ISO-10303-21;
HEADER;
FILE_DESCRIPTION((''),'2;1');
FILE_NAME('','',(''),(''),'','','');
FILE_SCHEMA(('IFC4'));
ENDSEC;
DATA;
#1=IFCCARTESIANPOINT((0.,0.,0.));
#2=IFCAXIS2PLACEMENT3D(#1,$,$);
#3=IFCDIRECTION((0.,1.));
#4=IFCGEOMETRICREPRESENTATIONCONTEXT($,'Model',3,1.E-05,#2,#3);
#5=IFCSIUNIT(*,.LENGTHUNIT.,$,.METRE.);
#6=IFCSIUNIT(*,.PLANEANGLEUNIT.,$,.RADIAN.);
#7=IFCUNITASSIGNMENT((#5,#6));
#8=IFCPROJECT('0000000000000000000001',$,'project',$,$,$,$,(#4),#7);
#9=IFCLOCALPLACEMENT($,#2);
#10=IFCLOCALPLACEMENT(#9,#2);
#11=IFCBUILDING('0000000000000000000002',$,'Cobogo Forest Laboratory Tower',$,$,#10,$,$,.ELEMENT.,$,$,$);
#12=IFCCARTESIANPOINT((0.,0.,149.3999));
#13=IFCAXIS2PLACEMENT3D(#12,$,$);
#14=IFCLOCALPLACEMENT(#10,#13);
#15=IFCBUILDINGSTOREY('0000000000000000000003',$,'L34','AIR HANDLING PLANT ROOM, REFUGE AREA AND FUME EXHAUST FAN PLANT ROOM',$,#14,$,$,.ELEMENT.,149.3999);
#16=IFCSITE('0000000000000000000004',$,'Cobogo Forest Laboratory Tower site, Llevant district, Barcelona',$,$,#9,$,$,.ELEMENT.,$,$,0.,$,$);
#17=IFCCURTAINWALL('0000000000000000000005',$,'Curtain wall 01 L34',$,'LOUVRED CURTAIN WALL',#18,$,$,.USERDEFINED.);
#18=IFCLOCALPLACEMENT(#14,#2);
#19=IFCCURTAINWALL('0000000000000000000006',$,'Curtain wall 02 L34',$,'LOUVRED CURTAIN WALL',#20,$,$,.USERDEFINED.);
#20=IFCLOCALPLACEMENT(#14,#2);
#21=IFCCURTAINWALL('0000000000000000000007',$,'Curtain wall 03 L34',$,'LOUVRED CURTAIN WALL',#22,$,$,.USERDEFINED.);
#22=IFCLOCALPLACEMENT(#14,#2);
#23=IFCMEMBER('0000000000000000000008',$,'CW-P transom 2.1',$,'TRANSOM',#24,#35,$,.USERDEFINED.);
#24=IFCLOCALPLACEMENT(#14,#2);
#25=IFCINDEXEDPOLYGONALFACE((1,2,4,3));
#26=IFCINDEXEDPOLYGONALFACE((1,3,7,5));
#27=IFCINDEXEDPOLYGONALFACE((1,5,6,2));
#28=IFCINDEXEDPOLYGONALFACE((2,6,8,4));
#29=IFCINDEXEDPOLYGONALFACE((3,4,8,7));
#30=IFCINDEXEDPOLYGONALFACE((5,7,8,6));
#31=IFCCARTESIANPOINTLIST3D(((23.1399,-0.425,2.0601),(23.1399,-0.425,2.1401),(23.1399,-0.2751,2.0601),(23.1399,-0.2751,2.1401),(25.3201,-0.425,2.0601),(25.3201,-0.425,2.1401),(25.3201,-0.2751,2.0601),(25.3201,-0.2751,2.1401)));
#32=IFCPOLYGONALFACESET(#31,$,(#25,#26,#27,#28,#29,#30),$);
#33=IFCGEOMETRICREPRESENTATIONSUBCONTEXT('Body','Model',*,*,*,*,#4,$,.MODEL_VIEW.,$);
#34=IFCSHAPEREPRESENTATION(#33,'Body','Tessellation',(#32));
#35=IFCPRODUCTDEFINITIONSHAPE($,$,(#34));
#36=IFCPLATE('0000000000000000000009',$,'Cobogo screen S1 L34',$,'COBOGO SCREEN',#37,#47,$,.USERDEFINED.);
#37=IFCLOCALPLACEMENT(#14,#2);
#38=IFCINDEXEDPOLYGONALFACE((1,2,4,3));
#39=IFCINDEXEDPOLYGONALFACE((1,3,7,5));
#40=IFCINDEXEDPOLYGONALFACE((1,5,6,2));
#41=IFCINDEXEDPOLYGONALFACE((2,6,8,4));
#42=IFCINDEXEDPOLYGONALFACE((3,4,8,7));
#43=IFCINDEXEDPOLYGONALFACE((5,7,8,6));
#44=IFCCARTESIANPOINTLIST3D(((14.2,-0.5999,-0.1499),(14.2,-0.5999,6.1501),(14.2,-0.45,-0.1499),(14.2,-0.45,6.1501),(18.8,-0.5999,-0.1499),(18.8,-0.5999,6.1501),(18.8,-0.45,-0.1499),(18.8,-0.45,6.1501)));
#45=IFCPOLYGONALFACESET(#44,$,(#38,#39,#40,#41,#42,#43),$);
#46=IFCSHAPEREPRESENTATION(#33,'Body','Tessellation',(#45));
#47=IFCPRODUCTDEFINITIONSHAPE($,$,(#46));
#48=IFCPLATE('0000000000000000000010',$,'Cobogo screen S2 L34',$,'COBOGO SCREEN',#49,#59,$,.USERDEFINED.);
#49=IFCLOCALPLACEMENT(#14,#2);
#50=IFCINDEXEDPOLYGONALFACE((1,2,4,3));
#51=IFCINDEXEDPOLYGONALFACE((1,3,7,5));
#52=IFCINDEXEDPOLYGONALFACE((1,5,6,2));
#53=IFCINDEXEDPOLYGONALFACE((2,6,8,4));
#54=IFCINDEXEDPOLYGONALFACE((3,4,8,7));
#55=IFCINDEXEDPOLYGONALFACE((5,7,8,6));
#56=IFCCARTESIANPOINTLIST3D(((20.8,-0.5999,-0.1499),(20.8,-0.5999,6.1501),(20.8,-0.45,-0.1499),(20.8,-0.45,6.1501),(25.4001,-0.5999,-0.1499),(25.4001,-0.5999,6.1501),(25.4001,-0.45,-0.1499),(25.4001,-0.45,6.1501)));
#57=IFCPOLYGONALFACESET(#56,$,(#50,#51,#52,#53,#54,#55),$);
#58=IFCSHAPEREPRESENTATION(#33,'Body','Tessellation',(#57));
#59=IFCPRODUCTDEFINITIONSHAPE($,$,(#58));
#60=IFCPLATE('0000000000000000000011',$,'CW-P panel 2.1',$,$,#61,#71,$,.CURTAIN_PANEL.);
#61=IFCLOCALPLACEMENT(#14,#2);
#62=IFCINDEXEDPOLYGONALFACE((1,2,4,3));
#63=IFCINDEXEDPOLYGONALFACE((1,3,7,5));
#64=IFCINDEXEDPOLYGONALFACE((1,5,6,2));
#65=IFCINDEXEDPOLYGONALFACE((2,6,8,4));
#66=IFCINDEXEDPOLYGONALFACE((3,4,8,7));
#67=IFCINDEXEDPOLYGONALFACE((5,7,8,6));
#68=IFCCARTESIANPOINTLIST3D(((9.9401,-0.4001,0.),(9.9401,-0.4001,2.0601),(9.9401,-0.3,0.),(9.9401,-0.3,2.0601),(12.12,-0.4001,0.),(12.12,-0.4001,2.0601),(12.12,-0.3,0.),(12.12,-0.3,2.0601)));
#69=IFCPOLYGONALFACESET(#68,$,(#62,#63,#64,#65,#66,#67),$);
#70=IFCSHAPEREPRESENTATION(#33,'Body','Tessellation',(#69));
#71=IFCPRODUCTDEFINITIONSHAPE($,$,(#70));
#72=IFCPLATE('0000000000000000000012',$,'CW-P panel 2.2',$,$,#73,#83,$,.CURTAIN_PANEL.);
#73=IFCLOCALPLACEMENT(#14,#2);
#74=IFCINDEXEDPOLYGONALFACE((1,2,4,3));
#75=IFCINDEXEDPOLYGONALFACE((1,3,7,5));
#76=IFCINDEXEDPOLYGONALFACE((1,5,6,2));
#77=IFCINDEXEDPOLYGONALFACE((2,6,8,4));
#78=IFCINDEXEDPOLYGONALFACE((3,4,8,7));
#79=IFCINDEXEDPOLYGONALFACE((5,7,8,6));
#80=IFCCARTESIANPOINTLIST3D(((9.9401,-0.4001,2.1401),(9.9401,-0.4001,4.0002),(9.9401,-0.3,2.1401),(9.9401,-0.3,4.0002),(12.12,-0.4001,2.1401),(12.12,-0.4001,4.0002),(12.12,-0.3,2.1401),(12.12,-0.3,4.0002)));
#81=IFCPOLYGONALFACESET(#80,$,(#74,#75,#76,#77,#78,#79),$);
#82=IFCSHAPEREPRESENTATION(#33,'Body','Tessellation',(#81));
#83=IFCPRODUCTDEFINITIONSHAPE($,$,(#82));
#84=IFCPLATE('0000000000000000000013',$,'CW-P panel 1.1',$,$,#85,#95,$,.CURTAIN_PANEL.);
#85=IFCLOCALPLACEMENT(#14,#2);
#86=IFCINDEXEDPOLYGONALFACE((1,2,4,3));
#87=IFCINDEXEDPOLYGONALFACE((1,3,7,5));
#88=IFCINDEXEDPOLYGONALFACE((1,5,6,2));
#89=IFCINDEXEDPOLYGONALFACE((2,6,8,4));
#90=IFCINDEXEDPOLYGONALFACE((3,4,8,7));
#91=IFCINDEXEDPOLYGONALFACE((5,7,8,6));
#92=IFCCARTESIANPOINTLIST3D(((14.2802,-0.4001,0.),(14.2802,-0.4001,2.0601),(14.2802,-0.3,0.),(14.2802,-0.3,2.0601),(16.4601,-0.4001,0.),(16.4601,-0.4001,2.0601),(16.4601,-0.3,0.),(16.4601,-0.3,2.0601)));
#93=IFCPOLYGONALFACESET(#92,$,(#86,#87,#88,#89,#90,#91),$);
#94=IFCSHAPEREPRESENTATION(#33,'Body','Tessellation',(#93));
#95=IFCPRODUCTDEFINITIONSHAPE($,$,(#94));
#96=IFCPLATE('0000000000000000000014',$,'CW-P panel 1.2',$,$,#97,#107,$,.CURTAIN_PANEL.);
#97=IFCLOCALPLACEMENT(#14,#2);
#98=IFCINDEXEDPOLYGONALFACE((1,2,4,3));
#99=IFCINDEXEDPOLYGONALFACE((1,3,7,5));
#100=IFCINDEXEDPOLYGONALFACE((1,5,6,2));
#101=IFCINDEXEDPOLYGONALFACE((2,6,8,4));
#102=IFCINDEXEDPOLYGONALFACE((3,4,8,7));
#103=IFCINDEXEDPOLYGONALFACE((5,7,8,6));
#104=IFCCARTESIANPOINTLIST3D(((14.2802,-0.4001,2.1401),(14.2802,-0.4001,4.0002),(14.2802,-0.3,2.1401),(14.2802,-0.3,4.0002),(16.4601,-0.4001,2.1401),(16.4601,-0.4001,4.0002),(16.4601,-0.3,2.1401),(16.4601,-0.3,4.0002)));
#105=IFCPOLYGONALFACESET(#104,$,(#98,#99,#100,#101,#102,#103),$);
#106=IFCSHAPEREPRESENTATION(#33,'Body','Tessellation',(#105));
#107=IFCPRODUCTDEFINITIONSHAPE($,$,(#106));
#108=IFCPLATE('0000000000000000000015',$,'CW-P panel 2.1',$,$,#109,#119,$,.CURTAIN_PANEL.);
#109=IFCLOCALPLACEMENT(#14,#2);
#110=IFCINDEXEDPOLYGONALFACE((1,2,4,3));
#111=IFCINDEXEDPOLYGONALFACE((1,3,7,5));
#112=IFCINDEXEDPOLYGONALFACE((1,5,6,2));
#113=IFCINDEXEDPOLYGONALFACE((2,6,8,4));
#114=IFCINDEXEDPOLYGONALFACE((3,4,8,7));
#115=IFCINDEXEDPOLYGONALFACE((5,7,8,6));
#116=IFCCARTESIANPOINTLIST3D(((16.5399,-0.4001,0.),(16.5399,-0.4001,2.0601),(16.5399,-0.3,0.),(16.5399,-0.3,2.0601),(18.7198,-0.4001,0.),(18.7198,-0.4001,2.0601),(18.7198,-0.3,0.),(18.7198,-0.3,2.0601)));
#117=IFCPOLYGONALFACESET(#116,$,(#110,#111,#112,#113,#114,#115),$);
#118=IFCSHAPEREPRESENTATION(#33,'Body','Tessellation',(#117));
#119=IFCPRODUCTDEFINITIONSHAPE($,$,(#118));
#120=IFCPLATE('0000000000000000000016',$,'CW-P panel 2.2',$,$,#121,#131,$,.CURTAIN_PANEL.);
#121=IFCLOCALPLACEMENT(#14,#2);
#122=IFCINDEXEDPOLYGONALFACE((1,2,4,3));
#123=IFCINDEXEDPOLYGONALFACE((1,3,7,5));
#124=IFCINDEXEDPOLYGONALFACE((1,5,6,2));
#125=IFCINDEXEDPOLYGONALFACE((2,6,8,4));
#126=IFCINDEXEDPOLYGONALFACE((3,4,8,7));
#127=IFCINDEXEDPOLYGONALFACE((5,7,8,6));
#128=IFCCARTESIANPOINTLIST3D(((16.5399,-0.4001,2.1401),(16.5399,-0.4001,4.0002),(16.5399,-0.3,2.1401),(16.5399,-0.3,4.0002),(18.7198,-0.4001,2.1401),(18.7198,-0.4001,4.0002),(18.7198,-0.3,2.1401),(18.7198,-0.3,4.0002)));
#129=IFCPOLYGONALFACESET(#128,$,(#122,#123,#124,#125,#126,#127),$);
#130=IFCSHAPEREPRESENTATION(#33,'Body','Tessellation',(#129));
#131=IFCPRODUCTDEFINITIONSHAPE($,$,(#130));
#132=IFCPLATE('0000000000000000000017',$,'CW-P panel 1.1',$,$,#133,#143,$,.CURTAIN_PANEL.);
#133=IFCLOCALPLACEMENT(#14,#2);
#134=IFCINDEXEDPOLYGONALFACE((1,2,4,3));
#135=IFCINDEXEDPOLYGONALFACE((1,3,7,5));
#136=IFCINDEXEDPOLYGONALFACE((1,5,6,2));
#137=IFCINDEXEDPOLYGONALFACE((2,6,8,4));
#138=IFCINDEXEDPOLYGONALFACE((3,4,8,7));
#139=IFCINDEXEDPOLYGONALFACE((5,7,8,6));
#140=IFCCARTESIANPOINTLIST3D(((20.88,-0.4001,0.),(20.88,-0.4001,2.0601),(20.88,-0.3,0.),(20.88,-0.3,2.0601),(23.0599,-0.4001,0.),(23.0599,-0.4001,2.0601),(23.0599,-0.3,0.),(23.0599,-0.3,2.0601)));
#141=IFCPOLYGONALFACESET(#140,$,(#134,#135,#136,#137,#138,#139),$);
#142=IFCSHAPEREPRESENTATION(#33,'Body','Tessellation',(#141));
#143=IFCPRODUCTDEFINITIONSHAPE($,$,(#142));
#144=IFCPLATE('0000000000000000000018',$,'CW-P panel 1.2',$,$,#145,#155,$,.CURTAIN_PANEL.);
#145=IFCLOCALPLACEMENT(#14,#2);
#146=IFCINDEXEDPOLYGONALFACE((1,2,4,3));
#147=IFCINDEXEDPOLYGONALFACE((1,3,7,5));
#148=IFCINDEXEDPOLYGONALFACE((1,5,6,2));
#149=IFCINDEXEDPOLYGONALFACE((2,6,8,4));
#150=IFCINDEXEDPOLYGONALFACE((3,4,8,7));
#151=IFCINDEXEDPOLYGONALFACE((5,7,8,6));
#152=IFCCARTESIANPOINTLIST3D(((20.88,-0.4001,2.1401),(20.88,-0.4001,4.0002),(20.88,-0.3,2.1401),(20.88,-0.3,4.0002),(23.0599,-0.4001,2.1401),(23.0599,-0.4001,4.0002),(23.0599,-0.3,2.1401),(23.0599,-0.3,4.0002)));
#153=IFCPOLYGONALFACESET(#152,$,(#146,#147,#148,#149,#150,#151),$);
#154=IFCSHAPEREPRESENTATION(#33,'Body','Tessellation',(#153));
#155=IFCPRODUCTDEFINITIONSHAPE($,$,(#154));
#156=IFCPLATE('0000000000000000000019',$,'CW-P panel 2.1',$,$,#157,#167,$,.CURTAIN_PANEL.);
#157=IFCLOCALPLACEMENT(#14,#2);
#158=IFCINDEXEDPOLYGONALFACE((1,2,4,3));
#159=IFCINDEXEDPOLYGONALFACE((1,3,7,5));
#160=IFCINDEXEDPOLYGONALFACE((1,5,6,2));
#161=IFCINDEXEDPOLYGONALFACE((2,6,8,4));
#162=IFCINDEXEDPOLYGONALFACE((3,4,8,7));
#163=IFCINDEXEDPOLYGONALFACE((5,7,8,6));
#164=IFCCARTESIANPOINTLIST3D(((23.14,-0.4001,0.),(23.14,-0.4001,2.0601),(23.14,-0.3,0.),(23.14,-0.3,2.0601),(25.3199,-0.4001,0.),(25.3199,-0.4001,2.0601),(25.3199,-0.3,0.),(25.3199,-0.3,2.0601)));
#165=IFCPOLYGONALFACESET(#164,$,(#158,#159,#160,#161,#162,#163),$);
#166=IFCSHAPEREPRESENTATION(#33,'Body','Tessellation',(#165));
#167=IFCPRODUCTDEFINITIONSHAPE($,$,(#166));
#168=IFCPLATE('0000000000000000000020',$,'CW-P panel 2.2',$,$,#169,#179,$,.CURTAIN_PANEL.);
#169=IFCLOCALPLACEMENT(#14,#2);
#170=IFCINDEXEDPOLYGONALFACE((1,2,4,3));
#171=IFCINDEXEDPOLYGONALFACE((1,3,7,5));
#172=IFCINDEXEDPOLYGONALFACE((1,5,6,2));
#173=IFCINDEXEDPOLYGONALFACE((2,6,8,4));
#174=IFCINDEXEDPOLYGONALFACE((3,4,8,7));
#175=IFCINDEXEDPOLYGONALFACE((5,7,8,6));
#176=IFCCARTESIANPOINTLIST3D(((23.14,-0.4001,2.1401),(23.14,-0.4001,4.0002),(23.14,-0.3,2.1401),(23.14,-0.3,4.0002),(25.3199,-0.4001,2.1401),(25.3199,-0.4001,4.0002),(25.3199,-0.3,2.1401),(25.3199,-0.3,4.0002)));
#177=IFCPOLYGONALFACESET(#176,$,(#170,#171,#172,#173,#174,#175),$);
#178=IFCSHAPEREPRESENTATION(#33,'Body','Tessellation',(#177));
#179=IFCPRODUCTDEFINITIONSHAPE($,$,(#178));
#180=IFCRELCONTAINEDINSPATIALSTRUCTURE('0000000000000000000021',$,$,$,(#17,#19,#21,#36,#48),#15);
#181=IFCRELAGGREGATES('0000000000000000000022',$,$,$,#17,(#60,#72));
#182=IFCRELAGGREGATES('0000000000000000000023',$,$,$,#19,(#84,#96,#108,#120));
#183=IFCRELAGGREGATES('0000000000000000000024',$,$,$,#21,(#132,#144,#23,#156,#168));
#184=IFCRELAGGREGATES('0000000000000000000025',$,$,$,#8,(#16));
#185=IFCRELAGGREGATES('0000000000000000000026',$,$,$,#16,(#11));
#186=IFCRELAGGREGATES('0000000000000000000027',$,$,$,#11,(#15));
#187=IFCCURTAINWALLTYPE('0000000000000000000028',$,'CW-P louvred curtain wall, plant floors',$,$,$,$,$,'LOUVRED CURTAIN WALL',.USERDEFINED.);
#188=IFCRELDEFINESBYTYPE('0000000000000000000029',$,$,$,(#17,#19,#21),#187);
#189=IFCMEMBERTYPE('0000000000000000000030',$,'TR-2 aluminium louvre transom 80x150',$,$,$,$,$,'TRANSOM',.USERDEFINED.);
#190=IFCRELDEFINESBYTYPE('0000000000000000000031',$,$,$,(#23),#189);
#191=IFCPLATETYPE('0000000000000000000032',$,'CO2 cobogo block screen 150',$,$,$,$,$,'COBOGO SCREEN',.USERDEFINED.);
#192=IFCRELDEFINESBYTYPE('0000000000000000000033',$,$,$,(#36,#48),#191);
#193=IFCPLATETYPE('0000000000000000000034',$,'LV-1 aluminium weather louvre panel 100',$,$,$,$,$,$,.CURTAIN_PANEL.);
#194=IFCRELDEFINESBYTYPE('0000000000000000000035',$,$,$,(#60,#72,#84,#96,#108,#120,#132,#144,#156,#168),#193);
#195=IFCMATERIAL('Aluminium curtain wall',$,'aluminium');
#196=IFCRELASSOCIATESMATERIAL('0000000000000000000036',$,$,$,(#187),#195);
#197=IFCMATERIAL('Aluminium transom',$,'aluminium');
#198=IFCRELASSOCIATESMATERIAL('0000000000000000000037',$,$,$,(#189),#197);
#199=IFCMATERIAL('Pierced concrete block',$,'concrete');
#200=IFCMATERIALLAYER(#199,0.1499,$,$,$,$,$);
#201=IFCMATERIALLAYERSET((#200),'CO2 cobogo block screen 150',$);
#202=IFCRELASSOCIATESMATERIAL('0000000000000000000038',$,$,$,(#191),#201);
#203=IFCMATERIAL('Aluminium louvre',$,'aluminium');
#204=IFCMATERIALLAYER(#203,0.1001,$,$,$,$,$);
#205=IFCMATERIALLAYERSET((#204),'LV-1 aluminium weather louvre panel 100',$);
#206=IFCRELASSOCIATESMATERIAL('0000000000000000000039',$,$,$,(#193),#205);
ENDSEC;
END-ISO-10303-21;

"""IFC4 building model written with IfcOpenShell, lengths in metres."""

from ifc_helpers import new_model, si_unit, direction, frame, origin, origin_2d, place, context, subcontext, project, spatial, rectangle, extrude, material, layer, layer_set, material_profile, profile_set, type_object, element, aggregate, save


model = new_model("IFC4")

# Units and contexts
model_context = context("Model", 3, precision=1e-05, world=origin(), true_north=direction((0.0, 1.0)))
body_context = subcontext(model_context, "Body", "Model", "MODEL_VIEW")
ifc_project = project(units=[si_unit("LENGTHUNIT", "METRE"), si_unit("PLANEANGLEUNIT", "RADIAN")], contexts=[model_context])

# Site, building, storey
site_placement = place(None, origin())
site = spatial("IfcSite", under=ifc_project, at=site_placement, Name="Cobogo Forest Laboratory Tower site, Llevant district, Barcelona", CompositionType="ELEMENT", RefElevation=0.0)
building_placement = place(site_placement, origin())
building = spatial("IfcBuilding", under=site, at=building_placement, Name="Cobogo Forest Laboratory Tower", CompositionType="ELEMENT")
storey_placement = place(building_placement, frame((0.0, 0.0, 149.3999)))
storey = spatial("IfcBuildingStorey", under=building, at=storey_placement, Name="L34", Description="AIR HANDLING PLANT ROOM, REFUGE AREA AND FUME EXHAUST FAN PLANT ROOM", CompositionType="ELEMENT", Elevation=149.3999)

# Curtain wall
ifc_material_1 = material(Name="Aluminium curtain wall", Category="aluminium")
curtain_wall_type = type_object("IfcCurtainWallType", Name="CW-P louvred curtain wall, plant floors", ElementType="LOUVRED CURTAIN WALL", PredefinedType="USERDEFINED", material=ifc_material_1)
curtain_wall_1_placement = place(storey_placement, origin())
curtain_wall_1 = element("IfcCurtainWall", 1, at=curtain_wall_1_placement, inside=storey, type_object=curtain_wall_type, Name="Curtain wall 01 L34", ObjectType="LOUVRED CURTAIN WALL", PredefinedType="USERDEFINED")

# Curtain walls
curtain_wall_2_placement = place(storey_placement, origin())
curtain_wall_2 = element("IfcCurtainWall", 2, at=curtain_wall_2_placement, inside=storey, type_object=curtain_wall_type, Name="Curtain wall 02 L34", ObjectType="LOUVRED CURTAIN WALL", PredefinedType="USERDEFINED")
curtain_wall_3_placement = place(storey_placement, origin())
curtain_wall_3 = element("IfcCurtainWall", 3, at=curtain_wall_3_placement, inside=storey, type_object=curtain_wall_type, Name="Curtain wall 03 L34", ObjectType="LOUVRED CURTAIN WALL", PredefinedType="USERDEFINED")

# Member
ifc_material_2 = material(Name="Aluminium transom", Category="aluminium")
ifc_material_profile_1 = material_profile(ifc_material_2, rectangle(XDim=0.1499, YDim=0.0801, at=origin_2d()), Name="AL 80x150")
ifc_profile_set_1 = profile_set([ifc_material_profile_1], Name="Aluminium transom")
member_type_1 = type_object("IfcMemberType", Name="TR-2 aluminium louvre transom 80x150", ElementType="TRANSOM", PredefinedType="USERDEFINED", material=ifc_profile_set_1)
member_1_placement = place(storey_placement, frame((23.1399, -0.3501, 2.1001), z_axis=(1.0, 0.0, 0.0), x_axis=(0.0, 1.0, 0.0)))
member_1 = element("IfcMember", 4, at=member_1_placement, type_object=member_type_1, Name="CW-P transom 2.1", ObjectType="TRANSOM", PredefinedType="USERDEFINED", context=body_context, shape_type="SweptSolid", body=[
    extrude(rectangle(XDim=0.1499, YDim=0.0801, at=origin_2d()), origin(), (0.0, 0.0, 1.0), 2.1802),
])

# Plates
ifc_material_3 = material(Name="Pierced concrete block", Category="concrete")
ifc_layer_1 = layer(ifc_material_3, 0.1499)
ifc_layer_set_1 = layer_set([ifc_layer_1], Name="CO2 cobogo block screen 150")
plate_type_1 = type_object("IfcPlateType", Name="CO2 cobogo block screen 150", ElementType="COBOGO SCREEN", PredefinedType="USERDEFINED", material=ifc_layer_set_1)
for number, where, z_axis, x_axis, name in (
    (5, (16.5, -0.5249, -0.1499), (0.0, 0.0, 1.0), (1.0, 0.0, 0.0), "Cobogo screen S1 L34"),
    (6, (23.1001, -0.5249, -0.1499), (0.0, 0.0, 1.0), (1.0, 0.0, 0.0), "Cobogo screen S2 L34"),
):
    element("IfcPlate", number, at=place(storey_placement, frame(where, z_axis=z_axis, x_axis=x_axis)), inside=storey, type_object=plate_type_1, Name=name, ObjectType="COBOGO SCREEN", PredefinedType="USERDEFINED", context=body_context, shape_type="SweptSolid", body=[
        extrude(rectangle(XDim=4.6001, YDim=0.1499, at=origin_2d()), origin(), (0.0, 0.0, 1.0), 6.3),
    ])

# Plates
ifc_material_4 = material(Name="Aluminium louvre", Category="aluminium")
ifc_layer_2 = layer(ifc_material_4, 0.1001)
ifc_layer_set_2 = layer_set([ifc_layer_2], Name="LV-1 aluminium weather louvre panel 100")
plate_type_2 = type_object("IfcPlateType", Name="LV-1 aluminium weather louvre panel 100", PredefinedType="CURTAIN_PANEL", material=ifc_layer_set_2)
plate_1_placement = place(storey_placement, frame((11.03, -0.3501, 0.0), z_axis=(0.0, 0.0, 1.0), x_axis=(1.0, 0.0, 0.0)))
plate_1 = element("IfcPlate", 7, at=plate_1_placement, type_object=plate_type_2, Name="CW-P panel 2.1", PredefinedType="CURTAIN_PANEL", context=body_context, shape_type="SweptSolid", body=[
    extrude(rectangle(XDim=2.1799, YDim=0.1001, at=origin_2d()), origin(), (0.0, 0.0, 1.0), 2.0601),
])
plate_2_placement = place(storey_placement, frame((11.03, -0.3501, 2.1401), z_axis=(0.0, 0.0, 1.0), x_axis=(1.0, 0.0, 0.0)))
plate_2 = element("IfcPlate", 8, at=plate_2_placement, type_object=plate_type_2, Name="CW-P panel 2.2", PredefinedType="CURTAIN_PANEL", context=body_context, shape_type="SweptSolid", body=[
    extrude(rectangle(XDim=2.1799, YDim=0.1001, at=origin_2d()), origin(), (0.0, 0.0, 1.0), 1.8601),
])
aggregate(curtain_wall_1, [plate_1, plate_2])
plate_3_placement = place(storey_placement, frame((15.3701, -0.3501, 0.0), z_axis=(0.0, 0.0, 1.0), x_axis=(1.0, 0.0, 0.0)))
plate_3 = element("IfcPlate", 9, at=plate_3_placement, type_object=plate_type_2, Name="CW-P panel 1.1", PredefinedType="CURTAIN_PANEL", context=body_context, shape_type="SweptSolid", body=[
    extrude(rectangle(XDim=2.1799, YDim=0.1001, at=origin_2d()), origin(), (0.0, 0.0, 1.0), 2.0601),
])
plate_4_placement = place(storey_placement, frame((15.3701, -0.3501, 2.1401), z_axis=(0.0, 0.0, 1.0), x_axis=(1.0, 0.0, 0.0)))
plate_4 = element("IfcPlate", 10, at=plate_4_placement, type_object=plate_type_2, Name="CW-P panel 1.2", PredefinedType="CURTAIN_PANEL", context=body_context, shape_type="SweptSolid", body=[
    extrude(rectangle(XDim=2.1799, YDim=0.1001, at=origin_2d()), origin(), (0.0, 0.0, 1.0), 1.8601),
])
plate_5_placement = place(storey_placement, frame((17.6299, -0.3501, 0.0), z_axis=(0.0, 0.0, 1.0), x_axis=(1.0, 0.0, 0.0)))
plate_5 = element("IfcPlate", 11, at=plate_5_placement, type_object=plate_type_2, Name="CW-P panel 2.1", PredefinedType="CURTAIN_PANEL", context=body_context, shape_type="SweptSolid", body=[
    extrude(rectangle(XDim=2.1799, YDim=0.1001, at=origin_2d()), origin(), (0.0, 0.0, 1.0), 2.0601),
])
plate_6_placement = place(storey_placement, frame((17.6299, -0.3501, 2.1401), z_axis=(0.0, 0.0, 1.0), x_axis=(1.0, 0.0, 0.0)))
plate_6 = element("IfcPlate", 12, at=plate_6_placement, type_object=plate_type_2, Name="CW-P panel 2.2", PredefinedType="CURTAIN_PANEL", context=body_context, shape_type="SweptSolid", body=[
    extrude(rectangle(XDim=2.1799, YDim=0.1001, at=origin_2d()), origin(), (0.0, 0.0, 1.0), 1.8601),
])
aggregate(curtain_wall_2, [plate_3, plate_4, plate_5, plate_6])
plate_7_placement = place(storey_placement, frame((21.97, -0.3501, 0.0), z_axis=(0.0, 0.0, 1.0), x_axis=(1.0, 0.0, 0.0)))
plate_7 = element("IfcPlate", 13, at=plate_7_placement, type_object=plate_type_2, Name="CW-P panel 1.1", PredefinedType="CURTAIN_PANEL", context=body_context, shape_type="SweptSolid", body=[
    extrude(rectangle(XDim=2.1799, YDim=0.1001, at=origin_2d()), origin(), (0.0, 0.0, 1.0), 2.0601),
])
plate_8_placement = place(storey_placement, frame((21.97, -0.3501, 2.1401), z_axis=(0.0, 0.0, 1.0), x_axis=(1.0, 0.0, 0.0)))
plate_8 = element("IfcPlate", 14, at=plate_8_placement, type_object=plate_type_2, Name="CW-P panel 1.2", PredefinedType="CURTAIN_PANEL", context=body_context, shape_type="SweptSolid", body=[
    extrude(rectangle(XDim=2.1799, YDim=0.1001, at=origin_2d()), origin(), (0.0, 0.0, 1.0), 1.8601),
])
plate_9_placement = place(storey_placement, frame((24.23, -0.3501, 0.0), z_axis=(0.0, 0.0, 1.0), x_axis=(1.0, 0.0, 0.0)))
plate_9 = element("IfcPlate", 15, at=plate_9_placement, type_object=plate_type_2, Name="CW-P panel 2.1", PredefinedType="CURTAIN_PANEL", context=body_context, shape_type="SweptSolid", body=[
    extrude(rectangle(XDim=2.1799, YDim=0.1001, at=origin_2d()), origin(), (0.0, 0.0, 1.0), 2.0601),
])
plate_10_placement = place(storey_placement, frame((24.23, -0.3501, 2.1401), z_axis=(0.0, 0.0, 1.0), x_axis=(1.0, 0.0, 0.0)))
plate_10 = element("IfcPlate", 16, at=plate_10_placement, type_object=plate_type_2, Name="CW-P panel 2.2", PredefinedType="CURTAIN_PANEL", context=body_context, shape_type="SweptSolid", body=[
    extrude(rectangle(XDim=2.1799, YDim=0.1001, at=origin_2d()), origin(), (0.0, 0.0, 1.0), 1.8601),
])
aggregate(curtain_wall_3, [plate_7, plate_8, member_1, plate_9, plate_10])

save(model, "model.ifc")
